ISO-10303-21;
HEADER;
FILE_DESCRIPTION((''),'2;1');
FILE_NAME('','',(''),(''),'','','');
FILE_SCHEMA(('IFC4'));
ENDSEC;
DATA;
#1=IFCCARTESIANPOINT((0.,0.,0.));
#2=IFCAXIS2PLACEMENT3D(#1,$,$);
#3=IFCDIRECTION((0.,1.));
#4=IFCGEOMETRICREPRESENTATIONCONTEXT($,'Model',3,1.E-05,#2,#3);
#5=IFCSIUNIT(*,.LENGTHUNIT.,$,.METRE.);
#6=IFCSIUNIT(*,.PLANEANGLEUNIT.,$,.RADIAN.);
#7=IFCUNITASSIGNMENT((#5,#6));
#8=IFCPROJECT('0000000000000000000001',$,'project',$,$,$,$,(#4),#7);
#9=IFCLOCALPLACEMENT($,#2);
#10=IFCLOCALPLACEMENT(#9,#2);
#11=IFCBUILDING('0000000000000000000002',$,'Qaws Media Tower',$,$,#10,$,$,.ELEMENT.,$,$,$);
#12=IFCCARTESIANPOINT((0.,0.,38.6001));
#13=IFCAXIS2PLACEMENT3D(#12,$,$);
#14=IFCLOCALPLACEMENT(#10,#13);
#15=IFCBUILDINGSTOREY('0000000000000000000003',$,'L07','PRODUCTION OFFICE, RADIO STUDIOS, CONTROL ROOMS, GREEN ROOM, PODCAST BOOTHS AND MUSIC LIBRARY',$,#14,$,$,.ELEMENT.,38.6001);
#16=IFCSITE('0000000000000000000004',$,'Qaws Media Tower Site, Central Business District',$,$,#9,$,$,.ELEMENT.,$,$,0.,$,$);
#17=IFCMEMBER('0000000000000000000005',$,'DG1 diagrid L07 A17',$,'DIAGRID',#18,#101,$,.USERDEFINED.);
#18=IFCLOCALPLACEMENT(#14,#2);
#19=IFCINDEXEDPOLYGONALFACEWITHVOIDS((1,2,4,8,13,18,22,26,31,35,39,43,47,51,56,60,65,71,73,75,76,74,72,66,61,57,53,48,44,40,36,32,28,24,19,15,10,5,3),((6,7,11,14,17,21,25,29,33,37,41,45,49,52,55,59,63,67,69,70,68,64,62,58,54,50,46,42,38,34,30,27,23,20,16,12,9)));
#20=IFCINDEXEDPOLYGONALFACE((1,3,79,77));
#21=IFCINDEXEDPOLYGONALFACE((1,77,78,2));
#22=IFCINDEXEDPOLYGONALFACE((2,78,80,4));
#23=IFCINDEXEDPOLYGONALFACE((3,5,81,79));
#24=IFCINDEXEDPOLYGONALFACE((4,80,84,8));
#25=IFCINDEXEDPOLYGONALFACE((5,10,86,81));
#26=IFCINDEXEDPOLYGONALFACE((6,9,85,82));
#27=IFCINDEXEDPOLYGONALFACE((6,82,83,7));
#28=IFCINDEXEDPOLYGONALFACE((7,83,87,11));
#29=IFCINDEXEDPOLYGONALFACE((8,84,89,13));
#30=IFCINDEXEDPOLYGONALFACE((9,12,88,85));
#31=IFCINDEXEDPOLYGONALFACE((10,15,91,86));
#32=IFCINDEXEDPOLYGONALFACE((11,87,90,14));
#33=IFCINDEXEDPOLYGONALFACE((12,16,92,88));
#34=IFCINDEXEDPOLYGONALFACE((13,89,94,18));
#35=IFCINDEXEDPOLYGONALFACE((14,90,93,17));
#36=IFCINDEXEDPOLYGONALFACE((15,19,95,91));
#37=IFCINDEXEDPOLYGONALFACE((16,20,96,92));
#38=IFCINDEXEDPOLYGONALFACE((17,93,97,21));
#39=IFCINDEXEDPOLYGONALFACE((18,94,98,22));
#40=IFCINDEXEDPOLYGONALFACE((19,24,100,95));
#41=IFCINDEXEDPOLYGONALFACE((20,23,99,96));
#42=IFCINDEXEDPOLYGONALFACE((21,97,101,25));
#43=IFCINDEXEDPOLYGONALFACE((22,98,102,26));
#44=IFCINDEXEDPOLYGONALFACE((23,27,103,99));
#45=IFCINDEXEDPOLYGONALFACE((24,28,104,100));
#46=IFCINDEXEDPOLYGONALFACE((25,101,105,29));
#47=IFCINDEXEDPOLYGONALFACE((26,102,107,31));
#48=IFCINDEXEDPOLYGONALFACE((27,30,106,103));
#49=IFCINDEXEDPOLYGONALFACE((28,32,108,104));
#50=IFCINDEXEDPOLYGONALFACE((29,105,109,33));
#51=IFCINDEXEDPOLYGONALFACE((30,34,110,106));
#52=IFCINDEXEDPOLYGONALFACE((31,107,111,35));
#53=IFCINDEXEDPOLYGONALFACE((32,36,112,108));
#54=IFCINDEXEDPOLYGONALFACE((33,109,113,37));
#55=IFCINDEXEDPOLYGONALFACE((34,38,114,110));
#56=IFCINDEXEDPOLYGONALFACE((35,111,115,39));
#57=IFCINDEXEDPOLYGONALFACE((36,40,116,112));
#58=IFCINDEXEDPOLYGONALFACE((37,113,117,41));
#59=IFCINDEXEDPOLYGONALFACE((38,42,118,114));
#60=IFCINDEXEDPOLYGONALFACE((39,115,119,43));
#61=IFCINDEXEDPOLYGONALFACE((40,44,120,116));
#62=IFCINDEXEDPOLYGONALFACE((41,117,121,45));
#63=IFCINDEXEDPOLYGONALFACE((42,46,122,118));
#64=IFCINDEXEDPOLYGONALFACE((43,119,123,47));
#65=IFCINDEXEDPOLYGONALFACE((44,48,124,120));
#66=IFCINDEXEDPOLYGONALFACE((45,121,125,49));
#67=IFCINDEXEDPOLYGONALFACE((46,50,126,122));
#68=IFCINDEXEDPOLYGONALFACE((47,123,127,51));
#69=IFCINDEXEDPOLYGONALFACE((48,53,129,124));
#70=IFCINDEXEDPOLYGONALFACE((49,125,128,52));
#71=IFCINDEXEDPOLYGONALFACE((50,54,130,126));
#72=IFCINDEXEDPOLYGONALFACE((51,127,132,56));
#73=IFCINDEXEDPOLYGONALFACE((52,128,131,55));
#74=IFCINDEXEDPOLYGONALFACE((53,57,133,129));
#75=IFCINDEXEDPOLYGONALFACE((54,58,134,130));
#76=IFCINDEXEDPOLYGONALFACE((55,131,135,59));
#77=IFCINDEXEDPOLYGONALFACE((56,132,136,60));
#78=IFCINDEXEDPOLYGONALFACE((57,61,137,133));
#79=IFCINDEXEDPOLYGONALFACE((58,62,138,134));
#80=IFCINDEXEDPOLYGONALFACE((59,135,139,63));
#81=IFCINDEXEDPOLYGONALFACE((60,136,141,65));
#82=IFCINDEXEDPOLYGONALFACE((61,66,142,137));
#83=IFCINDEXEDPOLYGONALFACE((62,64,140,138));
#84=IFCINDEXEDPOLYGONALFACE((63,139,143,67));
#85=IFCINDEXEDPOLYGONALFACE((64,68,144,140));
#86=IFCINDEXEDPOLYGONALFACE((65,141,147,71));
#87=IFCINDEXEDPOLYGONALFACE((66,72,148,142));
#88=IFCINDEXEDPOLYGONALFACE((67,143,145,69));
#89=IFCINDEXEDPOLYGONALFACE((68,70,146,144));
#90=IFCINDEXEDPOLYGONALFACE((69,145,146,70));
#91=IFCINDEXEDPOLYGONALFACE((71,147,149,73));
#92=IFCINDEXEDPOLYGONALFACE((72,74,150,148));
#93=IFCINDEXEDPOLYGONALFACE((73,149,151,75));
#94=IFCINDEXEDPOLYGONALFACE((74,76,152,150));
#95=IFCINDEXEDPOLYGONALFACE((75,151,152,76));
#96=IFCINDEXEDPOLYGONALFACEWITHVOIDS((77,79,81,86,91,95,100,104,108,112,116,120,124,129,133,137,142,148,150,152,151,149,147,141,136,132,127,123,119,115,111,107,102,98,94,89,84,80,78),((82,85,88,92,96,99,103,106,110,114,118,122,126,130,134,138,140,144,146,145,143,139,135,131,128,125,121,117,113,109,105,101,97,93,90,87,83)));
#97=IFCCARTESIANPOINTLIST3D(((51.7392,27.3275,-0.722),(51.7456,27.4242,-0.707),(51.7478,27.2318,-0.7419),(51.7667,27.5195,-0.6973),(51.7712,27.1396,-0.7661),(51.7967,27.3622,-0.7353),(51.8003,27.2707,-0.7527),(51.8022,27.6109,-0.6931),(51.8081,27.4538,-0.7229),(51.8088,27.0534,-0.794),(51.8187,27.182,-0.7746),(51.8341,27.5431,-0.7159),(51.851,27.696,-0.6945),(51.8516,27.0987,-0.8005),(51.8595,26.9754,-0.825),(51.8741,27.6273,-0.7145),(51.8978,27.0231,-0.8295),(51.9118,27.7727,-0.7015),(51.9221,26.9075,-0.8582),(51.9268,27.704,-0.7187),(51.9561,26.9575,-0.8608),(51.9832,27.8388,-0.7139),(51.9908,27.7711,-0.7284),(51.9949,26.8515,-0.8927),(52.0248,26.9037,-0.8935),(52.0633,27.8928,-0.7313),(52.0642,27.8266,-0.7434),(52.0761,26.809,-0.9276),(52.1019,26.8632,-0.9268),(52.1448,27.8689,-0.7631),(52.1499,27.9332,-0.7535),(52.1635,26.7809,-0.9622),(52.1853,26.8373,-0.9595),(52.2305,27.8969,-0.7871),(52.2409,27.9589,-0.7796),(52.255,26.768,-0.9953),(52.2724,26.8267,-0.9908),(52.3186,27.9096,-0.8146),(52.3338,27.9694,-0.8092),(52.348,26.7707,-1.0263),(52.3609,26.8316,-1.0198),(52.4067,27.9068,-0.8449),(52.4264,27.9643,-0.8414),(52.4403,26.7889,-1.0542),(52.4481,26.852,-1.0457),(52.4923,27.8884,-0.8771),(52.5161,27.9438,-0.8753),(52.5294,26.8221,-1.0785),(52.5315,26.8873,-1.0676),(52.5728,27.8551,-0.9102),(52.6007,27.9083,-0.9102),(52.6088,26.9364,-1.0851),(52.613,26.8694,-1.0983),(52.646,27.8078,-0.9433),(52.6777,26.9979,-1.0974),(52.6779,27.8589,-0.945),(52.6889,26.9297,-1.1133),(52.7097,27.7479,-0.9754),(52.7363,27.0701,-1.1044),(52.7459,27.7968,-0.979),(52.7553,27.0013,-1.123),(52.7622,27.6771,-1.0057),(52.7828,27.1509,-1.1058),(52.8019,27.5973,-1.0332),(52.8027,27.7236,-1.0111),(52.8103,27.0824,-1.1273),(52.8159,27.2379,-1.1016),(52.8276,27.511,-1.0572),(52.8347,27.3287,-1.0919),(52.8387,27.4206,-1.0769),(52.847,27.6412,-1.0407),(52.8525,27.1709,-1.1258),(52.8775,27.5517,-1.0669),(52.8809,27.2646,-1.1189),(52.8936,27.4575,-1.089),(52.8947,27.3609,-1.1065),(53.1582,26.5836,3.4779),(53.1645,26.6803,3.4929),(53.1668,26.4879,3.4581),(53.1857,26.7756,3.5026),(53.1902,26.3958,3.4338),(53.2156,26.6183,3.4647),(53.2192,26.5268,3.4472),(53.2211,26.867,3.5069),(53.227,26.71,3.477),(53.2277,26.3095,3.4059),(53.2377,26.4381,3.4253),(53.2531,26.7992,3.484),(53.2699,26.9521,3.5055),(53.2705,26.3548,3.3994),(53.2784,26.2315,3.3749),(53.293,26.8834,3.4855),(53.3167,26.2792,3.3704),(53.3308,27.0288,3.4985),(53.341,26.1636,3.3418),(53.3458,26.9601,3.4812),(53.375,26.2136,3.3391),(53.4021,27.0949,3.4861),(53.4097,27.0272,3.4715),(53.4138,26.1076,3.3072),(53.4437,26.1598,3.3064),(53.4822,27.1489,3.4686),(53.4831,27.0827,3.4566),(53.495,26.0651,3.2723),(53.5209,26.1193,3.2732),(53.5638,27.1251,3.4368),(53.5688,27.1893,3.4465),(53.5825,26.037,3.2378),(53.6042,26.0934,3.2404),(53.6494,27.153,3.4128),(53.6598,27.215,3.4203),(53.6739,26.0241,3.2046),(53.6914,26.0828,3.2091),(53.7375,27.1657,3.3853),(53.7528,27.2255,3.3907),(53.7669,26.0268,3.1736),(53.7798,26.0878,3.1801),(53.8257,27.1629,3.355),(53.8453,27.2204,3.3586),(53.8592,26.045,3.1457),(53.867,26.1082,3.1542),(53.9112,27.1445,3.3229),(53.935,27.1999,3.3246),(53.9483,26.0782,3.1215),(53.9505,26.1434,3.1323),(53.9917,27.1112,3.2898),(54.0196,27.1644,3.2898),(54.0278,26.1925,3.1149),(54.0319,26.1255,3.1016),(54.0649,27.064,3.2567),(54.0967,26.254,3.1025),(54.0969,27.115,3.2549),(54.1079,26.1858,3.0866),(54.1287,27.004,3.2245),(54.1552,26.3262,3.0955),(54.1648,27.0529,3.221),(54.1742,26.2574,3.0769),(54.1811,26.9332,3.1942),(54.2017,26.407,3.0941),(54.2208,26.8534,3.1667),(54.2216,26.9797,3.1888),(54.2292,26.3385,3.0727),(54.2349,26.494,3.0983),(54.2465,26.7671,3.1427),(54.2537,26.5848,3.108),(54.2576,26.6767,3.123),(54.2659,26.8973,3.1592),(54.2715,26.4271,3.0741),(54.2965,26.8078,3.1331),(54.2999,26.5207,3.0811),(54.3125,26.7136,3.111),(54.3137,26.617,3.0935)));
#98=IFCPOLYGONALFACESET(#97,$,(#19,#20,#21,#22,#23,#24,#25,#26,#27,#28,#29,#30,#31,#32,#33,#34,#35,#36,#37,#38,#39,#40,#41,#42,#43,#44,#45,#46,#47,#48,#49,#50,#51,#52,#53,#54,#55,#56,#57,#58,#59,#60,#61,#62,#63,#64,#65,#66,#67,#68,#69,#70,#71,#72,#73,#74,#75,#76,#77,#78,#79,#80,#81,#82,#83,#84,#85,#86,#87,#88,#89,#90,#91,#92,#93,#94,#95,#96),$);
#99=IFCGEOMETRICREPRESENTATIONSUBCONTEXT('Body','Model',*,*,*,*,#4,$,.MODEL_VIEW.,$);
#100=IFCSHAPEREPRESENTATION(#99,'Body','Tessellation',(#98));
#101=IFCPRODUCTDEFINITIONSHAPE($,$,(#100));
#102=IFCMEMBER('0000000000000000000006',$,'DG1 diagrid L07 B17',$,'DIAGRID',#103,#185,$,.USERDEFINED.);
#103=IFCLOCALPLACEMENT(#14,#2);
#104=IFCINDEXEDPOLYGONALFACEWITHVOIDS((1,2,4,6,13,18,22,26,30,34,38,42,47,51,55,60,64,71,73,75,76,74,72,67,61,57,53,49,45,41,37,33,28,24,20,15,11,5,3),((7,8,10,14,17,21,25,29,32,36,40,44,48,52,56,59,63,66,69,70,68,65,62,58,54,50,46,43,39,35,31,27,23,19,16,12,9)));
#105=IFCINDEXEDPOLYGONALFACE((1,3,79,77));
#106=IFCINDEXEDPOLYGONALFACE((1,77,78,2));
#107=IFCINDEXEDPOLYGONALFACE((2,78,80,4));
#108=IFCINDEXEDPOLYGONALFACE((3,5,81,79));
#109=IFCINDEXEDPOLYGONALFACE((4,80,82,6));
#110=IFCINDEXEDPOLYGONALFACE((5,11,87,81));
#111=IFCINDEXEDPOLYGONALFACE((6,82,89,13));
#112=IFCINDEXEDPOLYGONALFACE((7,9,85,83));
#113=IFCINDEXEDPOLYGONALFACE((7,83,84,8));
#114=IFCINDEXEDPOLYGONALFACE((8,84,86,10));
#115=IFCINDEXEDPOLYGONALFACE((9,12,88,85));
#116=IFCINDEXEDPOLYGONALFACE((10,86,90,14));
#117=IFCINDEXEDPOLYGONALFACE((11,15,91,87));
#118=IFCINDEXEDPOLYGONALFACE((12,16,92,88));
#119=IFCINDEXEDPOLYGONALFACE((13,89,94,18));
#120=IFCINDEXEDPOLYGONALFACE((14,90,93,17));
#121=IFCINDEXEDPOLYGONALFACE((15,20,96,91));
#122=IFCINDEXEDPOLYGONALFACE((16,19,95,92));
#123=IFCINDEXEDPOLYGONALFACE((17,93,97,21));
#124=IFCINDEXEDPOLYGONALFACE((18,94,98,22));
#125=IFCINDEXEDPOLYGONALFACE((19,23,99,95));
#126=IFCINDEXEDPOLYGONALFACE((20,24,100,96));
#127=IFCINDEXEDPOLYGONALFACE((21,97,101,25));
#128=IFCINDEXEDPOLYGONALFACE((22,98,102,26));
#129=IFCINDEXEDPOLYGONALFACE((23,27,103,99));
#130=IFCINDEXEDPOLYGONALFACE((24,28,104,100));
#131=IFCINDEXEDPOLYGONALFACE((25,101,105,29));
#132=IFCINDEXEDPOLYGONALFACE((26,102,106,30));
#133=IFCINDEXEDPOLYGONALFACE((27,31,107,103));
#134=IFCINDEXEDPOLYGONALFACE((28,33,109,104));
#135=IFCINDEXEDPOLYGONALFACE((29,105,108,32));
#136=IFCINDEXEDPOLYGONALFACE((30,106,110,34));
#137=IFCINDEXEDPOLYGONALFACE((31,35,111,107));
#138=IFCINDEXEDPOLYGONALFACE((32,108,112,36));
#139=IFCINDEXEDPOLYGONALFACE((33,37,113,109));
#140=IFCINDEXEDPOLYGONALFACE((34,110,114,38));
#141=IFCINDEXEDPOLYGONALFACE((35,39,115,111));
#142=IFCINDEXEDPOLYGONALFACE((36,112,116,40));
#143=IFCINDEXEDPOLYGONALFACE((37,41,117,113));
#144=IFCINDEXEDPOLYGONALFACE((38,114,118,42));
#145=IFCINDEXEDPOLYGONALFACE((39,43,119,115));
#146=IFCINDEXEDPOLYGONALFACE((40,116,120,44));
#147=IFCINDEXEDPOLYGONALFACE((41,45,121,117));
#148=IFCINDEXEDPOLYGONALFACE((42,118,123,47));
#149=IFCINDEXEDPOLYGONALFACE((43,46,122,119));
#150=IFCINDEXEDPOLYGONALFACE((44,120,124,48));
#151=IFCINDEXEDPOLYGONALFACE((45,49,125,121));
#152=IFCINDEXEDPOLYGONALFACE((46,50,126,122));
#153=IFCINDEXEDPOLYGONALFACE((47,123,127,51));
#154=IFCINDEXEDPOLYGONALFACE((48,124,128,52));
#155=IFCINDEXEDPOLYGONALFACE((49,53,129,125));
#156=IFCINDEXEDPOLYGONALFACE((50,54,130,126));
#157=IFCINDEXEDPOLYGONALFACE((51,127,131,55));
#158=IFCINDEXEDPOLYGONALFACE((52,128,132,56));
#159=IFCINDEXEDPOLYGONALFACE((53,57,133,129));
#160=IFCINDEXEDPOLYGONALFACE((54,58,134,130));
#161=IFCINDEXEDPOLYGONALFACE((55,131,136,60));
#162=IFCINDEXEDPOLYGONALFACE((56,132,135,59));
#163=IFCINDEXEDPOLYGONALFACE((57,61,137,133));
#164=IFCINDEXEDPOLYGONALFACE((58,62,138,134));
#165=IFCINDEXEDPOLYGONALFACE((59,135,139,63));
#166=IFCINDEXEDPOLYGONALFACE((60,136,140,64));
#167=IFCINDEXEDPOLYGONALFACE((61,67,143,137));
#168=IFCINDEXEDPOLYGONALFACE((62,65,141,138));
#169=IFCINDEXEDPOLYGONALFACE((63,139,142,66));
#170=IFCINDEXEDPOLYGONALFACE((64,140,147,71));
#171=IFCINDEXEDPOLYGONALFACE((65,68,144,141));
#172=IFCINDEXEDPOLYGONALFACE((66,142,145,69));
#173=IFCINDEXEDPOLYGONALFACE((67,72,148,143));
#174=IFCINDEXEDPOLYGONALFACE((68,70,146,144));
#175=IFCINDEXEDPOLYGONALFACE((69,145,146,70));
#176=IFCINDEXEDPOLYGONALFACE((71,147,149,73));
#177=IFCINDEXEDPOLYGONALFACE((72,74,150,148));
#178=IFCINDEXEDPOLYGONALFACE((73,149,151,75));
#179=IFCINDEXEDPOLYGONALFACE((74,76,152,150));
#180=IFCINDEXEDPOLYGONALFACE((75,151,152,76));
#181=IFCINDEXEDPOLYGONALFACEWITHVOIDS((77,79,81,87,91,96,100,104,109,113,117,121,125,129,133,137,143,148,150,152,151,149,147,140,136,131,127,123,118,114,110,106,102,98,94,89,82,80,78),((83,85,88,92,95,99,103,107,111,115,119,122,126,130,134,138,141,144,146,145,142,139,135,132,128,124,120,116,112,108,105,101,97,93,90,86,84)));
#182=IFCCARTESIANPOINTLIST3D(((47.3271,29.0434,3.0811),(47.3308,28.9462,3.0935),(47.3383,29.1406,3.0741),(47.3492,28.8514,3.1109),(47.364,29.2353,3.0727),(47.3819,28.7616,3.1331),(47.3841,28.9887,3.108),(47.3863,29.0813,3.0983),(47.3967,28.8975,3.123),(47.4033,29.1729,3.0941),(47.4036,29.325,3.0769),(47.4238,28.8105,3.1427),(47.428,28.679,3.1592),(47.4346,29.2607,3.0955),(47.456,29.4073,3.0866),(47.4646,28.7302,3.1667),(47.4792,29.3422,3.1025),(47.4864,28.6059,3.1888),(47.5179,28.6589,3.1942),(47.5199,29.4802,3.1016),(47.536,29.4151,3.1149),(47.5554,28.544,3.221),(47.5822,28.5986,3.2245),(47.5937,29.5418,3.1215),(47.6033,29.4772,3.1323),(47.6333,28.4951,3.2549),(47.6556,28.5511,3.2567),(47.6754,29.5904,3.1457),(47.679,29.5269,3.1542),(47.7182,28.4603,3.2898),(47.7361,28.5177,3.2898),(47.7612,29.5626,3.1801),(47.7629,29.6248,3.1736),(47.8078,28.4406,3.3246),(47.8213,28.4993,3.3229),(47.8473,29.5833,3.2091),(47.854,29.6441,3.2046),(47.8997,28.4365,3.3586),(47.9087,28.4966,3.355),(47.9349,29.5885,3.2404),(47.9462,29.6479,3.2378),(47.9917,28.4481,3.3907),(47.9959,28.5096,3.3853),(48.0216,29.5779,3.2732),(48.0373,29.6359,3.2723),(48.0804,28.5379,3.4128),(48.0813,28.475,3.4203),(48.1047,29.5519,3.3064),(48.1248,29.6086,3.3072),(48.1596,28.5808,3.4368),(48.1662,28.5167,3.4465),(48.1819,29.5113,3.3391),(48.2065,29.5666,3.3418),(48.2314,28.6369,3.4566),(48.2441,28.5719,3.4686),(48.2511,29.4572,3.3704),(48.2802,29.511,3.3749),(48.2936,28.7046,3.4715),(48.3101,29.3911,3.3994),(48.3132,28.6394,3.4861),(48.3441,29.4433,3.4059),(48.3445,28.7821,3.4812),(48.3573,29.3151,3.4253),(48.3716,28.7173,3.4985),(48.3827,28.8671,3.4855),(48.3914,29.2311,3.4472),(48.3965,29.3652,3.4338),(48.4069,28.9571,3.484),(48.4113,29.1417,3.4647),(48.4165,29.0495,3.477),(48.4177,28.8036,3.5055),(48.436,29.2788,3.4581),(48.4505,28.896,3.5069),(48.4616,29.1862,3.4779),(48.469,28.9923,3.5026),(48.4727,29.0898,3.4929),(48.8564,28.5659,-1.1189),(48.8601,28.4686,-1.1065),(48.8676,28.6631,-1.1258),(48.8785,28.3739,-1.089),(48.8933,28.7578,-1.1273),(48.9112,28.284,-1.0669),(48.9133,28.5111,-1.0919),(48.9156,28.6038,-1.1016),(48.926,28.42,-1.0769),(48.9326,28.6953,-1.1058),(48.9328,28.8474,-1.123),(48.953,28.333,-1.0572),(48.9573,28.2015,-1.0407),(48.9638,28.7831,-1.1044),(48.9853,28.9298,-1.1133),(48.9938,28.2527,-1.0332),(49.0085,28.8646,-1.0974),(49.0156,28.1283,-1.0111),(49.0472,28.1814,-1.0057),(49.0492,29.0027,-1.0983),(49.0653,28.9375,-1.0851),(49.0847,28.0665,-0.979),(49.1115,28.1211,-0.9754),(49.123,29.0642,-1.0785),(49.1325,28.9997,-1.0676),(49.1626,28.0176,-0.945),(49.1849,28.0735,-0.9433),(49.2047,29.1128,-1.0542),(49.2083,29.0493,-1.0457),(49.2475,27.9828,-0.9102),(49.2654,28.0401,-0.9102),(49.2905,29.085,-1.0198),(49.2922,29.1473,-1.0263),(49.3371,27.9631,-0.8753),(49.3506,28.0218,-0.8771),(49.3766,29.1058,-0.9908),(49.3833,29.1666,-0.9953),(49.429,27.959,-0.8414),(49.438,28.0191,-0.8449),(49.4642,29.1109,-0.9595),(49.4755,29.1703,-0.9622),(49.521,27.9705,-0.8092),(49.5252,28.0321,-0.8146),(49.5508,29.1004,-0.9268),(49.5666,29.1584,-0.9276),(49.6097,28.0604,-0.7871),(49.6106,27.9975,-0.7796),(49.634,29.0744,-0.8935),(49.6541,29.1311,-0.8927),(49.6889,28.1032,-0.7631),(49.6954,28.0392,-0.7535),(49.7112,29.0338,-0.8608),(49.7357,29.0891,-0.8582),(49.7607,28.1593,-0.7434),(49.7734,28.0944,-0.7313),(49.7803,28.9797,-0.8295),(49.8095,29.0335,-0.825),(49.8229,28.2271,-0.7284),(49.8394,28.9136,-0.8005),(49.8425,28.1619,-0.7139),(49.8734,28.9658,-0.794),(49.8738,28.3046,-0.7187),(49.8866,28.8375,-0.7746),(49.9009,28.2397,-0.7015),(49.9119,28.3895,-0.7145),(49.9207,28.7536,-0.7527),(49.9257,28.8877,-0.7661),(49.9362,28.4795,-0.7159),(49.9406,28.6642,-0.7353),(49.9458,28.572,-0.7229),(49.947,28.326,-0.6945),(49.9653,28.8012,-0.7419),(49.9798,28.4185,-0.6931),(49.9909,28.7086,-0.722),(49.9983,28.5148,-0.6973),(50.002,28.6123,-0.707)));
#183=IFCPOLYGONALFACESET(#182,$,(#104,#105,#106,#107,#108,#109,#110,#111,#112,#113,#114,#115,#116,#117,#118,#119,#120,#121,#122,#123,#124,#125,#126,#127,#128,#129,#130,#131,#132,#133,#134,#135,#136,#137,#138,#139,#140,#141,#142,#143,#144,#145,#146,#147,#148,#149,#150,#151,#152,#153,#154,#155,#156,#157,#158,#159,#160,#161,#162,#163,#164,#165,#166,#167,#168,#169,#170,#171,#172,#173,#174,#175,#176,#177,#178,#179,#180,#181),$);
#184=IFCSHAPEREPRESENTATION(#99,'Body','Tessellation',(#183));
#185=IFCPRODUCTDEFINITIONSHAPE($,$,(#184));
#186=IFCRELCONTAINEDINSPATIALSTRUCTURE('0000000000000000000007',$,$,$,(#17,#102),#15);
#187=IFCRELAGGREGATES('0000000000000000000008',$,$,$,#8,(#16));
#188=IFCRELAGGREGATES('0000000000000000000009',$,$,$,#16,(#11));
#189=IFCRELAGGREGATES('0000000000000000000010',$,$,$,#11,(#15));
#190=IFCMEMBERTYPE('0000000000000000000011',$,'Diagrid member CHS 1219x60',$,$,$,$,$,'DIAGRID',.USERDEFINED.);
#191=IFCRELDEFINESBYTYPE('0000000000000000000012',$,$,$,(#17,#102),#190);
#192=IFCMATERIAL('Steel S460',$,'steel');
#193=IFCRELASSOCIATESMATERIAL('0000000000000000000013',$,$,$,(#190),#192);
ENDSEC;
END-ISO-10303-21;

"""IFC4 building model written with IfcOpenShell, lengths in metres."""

from ifc_helpers import new_model, si_unit, direction, frame, origin, origin_2d, place, context, subcontext, project, spatial, hollow_circle, extrude, material, material_profile, profile_set, type_object, element, save


model = new_model("IFC4")

# Units and contexts
model_context = context("Model", 3, precision=1e-05, world=origin(), true_north=direction((0.0, 1.0)))
body_context = subcontext(model_context, "Body", "Model", "MODEL_VIEW")
ifc_project = project(units=[si_unit("LENGTHUNIT", "METRE"), si_unit("PLANEANGLEUNIT", "RADIAN")], contexts=[model_context])

# Site, building, storey
site_placement = place(None, origin())
site = spatial("IfcSite", under=ifc_project, at=site_placement, Name="Qaws Media Tower Site, Central Business District", CompositionType="ELEMENT", RefElevation=0.0)
building_placement = place(site_placement, origin())
building = spatial("IfcBuilding", under=site, at=building_placement, Name="Qaws Media Tower", CompositionType="ELEMENT")
storey_placement = place(building_placement, frame((0.0, 0.0, 38.6001)))
storey = spatial("IfcBuildingStorey", under=building, at=storey_placement, Name="L07", Description="PRODUCTION OFFICE, RADIO STUDIOS, CONTROL ROOMS, GREEN ROOM, PODCAST BOOTHS AND MUSIC LIBRARY", CompositionType="ELEMENT", Elevation=38.6001)

# Members
ifc_material_1 = material(Name="Steel S460", Category="steel")
ifc_material_profile_1 = material_profile(ifc_material_1, hollow_circle(Radius=0.6096, WallThickness=0.0601, at=origin_2d()), Name="CHS 1219x60")
ifc_profile_set_1 = profile_set([ifc_material_profile_1], Name="Steel S460")
member_type_1 = type_object("IfcMemberType", Name="Diagrid member CHS 1219x60", ElementType="DIAGRID", PredefinedType="USERDEFINED", material=ifc_profile_set_1)
for number, where, z_axis, x_axis, name in (
    (1, (52.3176, 27.3684, -0.9102), (0.315661, -0.165489, 0.934329), (0.46432, 0.885667, 0.0), "DG1 diagrid L07 A17"),
    (2, (49.4292, 28.5647, -0.9102), (-0.34021, 0.106234, 0.934329), (-0.298067, -0.954545, 0.0), "DG1 diagrid L07 B17"),
):
    element("IfcMember", number, at=place(storey_placement, frame(where, z_axis=z_axis, x_axis=x_axis)), inside=storey, type_object=member_type_1, Name=name, ObjectType="DIAGRID", PredefinedType="USERDEFINED", context=body_context, shape_type="SweptSolid", body=[
        extrude(hollow_circle(Radius=0.6096, WallThickness=0.0601, at=origin_2d()), origin(), (0.0, 0.0, 1.0), 4.4951),
    ])

save(model, "model.ifc")
